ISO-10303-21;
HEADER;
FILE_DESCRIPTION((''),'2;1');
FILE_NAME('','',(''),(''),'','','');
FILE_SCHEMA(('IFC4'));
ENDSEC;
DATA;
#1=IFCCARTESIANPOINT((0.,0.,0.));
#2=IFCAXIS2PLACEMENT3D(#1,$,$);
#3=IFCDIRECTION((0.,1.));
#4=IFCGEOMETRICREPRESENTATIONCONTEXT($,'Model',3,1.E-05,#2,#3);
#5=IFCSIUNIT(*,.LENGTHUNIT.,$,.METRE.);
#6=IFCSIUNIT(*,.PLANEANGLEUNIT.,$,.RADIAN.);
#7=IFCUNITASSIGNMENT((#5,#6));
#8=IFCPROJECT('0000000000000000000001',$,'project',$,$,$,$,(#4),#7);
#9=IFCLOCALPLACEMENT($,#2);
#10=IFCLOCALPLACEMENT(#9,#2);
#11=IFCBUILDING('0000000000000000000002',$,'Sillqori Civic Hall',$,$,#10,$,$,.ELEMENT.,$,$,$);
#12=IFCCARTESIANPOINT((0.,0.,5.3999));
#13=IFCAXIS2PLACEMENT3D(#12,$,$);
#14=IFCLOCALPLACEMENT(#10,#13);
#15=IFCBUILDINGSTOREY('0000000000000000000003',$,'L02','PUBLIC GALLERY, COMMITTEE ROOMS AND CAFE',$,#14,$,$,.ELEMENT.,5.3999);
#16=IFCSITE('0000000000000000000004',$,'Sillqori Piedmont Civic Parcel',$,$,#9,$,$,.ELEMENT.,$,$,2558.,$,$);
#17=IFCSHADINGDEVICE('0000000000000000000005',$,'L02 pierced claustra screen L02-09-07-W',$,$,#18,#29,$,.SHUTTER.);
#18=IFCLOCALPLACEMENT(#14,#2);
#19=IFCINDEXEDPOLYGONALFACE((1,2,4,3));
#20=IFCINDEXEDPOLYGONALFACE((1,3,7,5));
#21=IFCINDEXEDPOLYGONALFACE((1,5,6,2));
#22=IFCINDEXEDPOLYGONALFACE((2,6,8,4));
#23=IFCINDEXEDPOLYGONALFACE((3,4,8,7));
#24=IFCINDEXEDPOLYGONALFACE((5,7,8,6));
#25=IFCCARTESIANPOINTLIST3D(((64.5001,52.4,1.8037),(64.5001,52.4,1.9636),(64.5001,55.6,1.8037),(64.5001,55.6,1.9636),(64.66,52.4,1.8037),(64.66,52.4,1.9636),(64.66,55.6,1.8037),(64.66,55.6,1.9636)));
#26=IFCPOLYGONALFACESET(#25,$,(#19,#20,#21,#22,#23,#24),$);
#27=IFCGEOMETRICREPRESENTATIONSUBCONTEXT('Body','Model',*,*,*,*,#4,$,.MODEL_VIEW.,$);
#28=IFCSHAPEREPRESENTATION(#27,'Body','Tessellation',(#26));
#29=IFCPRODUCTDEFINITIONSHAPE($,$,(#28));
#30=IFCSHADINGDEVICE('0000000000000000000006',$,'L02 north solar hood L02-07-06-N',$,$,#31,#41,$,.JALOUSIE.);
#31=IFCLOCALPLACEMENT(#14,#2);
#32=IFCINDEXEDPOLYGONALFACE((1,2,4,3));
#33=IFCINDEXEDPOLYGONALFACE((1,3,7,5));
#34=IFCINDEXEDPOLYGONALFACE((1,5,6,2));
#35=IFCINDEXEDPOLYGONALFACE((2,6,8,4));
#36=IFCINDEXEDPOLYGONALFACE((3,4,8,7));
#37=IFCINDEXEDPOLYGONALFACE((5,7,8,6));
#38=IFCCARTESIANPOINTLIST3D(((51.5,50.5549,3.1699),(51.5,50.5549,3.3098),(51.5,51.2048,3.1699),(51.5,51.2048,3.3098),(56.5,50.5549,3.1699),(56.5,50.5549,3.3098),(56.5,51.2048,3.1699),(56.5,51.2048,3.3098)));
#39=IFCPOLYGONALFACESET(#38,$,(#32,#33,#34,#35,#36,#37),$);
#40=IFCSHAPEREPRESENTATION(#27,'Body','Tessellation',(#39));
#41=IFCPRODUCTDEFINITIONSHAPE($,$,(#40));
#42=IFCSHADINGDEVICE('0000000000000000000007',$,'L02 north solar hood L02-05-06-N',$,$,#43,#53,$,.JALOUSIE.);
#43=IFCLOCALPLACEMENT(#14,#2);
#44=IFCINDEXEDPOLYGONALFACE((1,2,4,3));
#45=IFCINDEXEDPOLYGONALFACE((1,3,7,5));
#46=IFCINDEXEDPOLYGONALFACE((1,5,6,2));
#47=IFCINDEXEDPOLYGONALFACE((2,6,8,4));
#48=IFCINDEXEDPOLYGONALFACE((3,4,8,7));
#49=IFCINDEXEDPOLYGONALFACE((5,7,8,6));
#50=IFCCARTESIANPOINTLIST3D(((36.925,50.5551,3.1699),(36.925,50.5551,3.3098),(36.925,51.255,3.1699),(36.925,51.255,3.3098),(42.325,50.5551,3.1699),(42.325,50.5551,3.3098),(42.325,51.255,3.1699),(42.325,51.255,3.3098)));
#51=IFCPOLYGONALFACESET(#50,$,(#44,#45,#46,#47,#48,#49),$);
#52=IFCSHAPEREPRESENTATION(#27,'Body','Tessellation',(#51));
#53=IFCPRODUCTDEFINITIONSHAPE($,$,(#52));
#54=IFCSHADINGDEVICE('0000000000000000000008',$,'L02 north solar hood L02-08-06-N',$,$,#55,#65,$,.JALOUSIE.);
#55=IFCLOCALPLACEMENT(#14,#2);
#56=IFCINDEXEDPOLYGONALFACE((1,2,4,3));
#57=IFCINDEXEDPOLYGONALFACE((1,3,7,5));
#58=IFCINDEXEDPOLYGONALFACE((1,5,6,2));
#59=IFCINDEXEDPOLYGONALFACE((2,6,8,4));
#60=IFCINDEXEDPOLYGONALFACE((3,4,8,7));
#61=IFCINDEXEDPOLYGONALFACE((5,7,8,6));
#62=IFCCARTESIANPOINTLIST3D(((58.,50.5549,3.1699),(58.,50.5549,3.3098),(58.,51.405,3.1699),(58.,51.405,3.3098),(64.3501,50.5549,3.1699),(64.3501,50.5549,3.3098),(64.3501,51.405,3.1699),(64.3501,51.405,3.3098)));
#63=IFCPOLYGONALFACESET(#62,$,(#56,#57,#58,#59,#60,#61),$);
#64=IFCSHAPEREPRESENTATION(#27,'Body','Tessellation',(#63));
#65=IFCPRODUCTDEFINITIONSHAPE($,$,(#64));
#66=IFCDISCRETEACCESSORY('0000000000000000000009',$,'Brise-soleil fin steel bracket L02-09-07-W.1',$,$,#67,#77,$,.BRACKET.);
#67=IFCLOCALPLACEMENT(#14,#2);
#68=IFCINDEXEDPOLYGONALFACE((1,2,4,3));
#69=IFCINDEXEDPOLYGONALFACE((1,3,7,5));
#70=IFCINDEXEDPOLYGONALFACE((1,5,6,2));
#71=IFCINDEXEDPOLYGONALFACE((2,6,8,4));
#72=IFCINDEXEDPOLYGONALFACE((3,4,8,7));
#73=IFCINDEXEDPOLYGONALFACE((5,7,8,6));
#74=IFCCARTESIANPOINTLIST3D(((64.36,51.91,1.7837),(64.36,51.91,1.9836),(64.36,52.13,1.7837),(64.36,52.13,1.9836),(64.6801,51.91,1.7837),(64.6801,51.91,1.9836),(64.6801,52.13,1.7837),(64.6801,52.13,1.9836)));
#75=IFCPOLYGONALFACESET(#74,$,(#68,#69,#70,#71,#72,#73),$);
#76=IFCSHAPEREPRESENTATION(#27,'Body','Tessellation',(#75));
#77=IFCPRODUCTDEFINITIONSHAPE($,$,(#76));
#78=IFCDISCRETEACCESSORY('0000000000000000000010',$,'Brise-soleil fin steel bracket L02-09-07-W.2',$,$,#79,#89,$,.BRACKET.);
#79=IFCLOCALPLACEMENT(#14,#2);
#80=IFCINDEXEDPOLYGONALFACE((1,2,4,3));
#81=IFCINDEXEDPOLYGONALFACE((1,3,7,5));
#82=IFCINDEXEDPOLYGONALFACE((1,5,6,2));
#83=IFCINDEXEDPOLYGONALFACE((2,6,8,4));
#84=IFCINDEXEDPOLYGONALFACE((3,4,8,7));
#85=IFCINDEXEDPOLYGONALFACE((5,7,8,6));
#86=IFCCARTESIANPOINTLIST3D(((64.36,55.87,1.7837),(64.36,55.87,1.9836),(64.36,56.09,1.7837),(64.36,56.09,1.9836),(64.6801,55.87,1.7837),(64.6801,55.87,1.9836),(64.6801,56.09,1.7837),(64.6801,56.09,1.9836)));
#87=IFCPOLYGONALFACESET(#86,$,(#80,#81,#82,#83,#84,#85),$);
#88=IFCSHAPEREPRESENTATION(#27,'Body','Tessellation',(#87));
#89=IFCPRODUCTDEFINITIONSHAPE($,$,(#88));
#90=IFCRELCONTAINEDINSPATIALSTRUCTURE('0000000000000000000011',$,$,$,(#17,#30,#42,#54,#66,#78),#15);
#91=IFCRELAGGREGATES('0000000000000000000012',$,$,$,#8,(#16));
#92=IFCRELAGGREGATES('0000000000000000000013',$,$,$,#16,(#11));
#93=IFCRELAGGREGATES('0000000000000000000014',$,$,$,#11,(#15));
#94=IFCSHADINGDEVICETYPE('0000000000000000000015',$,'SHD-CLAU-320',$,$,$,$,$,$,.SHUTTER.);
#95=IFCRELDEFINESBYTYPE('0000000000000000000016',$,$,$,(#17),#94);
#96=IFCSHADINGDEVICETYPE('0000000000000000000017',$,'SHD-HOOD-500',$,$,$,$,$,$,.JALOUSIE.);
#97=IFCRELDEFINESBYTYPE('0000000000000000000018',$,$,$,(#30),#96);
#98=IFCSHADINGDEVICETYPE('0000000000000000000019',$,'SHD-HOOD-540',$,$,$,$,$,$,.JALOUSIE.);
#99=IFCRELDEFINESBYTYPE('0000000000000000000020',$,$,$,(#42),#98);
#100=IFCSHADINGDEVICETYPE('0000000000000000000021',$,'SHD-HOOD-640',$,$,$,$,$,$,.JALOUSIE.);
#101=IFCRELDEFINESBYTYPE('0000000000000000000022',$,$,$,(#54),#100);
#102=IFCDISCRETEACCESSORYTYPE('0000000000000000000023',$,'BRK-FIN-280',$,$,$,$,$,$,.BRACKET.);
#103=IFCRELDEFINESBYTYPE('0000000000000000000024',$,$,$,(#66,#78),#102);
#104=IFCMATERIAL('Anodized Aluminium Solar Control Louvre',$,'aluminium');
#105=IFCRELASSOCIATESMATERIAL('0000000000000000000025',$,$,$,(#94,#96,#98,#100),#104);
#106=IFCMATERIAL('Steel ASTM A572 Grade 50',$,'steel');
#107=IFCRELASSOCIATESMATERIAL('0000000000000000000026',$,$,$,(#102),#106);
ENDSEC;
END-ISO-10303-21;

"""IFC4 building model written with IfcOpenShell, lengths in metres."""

from ifc_helpers import new_model, si_unit, direction, frame, origin, origin_2d, place, context, subcontext, project, spatial, rectangle, extrude, material, type_object, element, save


model = new_model("IFC4")

# Units and contexts
model_context = context("Model", 3, precision=1e-05, world=origin(), true_north=direction((0.0, 1.0)))
body_context = subcontext(model_context, "Body", "Model", "MODEL_VIEW")
ifc_project = project(units=[si_unit("LENGTHUNIT", "METRE"), si_unit("PLANEANGLEUNIT", "RADIAN")], contexts=[model_context])

# Site, building, storey
site_placement = place(None, origin())
site = spatial("IfcSite", under=ifc_project, at=site_placement, Name="Sillqori Piedmont Civic Parcel", CompositionType="ELEMENT", RefElevation=2558.0)
building_placement = place(site_placement, origin())
building = spatial("IfcBuilding", under=site, at=building_placement, Name="Sillqori Civic Hall", CompositionType="ELEMENT")
storey_placement = place(building_placement, frame((0.0, 0.0, 5.3999)))
storey = spatial("IfcBuildingStorey", under=building, at=storey_placement, Name="L02", Description="PUBLIC GALLERY, COMMITTEE ROOMS AND CAFE", CompositionType="ELEMENT", Elevation=5.3999)

# Shading devices
ifc_material_1 = material(Name="Anodized Aluminium Solar Control Louvre", Category="aluminium")
shading_device_type_1 = type_object("IfcShadingDeviceType", Name="SHD-CLAU-320", PredefinedType="SHUTTER", material=ifc_material_1)
shading_device_1_placement = place(storey_placement, frame((64.5801, 54.0, 1.8037), z_axis=(0.0, 0.0, 1.0), x_axis=(0.0, 1.0, 0.0)))
element("IfcShadingDevice", 1, at=shading_device_1_placement, inside=storey, type_object=shading_device_type_1, Name="L02 pierced claustra screen L02-09-07-W", PredefinedType="SHUTTER", context=body_context, shape_type="SweptSolid", body=[
    extrude(rectangle(XDim=3.2, YDim=0.1599, at=origin_2d()), origin(), (0.0, 0.0, 1.0), 0.1599),
])
shading_device_type_2 = type_object("IfcShadingDeviceType", Name="SHD-HOOD-500", PredefinedType="JALOUSIE", material=ifc_material_1)
shading_device_2_placement = place(storey_placement, frame((54.0, 50.8799, 3.1699), z_axis=(0.0, 0.0, 1.0), x_axis=(1.0, 0.0, 0.0)))
element("IfcShadingDevice", 2, at=shading_device_2_placement, inside=storey, type_object=shading_device_type_2, Name="L02 north solar hood L02-07-06-N", PredefinedType="JALOUSIE", context=body_context, shape_type="SweptSolid", body=[
    extrude(rectangle(XDim=5.0, YDim=0.6499, at=origin_2d()), origin(), (0.0, 0.0, 1.0), 0.1399),
])
shading_device_type_3 = type_object("IfcShadingDeviceType", Name="SHD-HOOD-540", PredefinedType="JALOUSIE", material=ifc_material_1)
shading_device_3_placement = place(storey_placement, frame((39.625, 50.905, 3.1699), z_axis=(0.0, 0.0, 1.0), x_axis=(1.0, 0.0, 0.0)))
element("IfcShadingDevice", 3, at=shading_device_3_placement, inside=storey, type_object=shading_device_type_3, Name="L02 north solar hood L02-05-06-N", PredefinedType="JALOUSIE", context=body_context, shape_type="SweptSolid", body=[
    extrude(rectangle(XDim=5.3999, YDim=0.7, at=origin_2d()), origin(), (0.0, 0.0, 1.0), 0.1399),
])
shading_device_type_4 = type_object("IfcShadingDeviceType", Name="SHD-HOOD-640", PredefinedType="JALOUSIE", material=ifc_material_1)
shading_device_4_placement = place(storey_placement, frame((61.175, 50.98, 3.1699), z_axis=(0.0, 0.0, 1.0), x_axis=(1.0, 0.0, 0.0)))
element("IfcShadingDevice", 4, at=shading_device_4_placement, inside=storey, type_object=shading_device_type_4, Name="L02 north solar hood L02-08-06-N", PredefinedType="JALOUSIE", context=body_context, shape_type="SweptSolid", body=[
    extrude(rectangle(XDim=6.3501, YDim=0.8501, at=origin_2d()), origin(), (0.0, 0.0, 1.0), 0.1399),
])

# Discrete accessories
ifc_material_2 = material(Name="Steel ASTM A572 Grade 50", Category="steel")
discrete_accessory_type = type_object("IfcDiscreteAccessoryType", Name="BRK-FIN-280", PredefinedType="BRACKET", material=ifc_material_2)
for number, where, z_axis, x_axis, name in (
    (5, (64.52, 52.02, 1.7837), (0.0, 0.0, 1.0), (0.0, 1.0, 0.0), "Brise-soleil fin steel bracket L02-09-07-W.1"),
    (6, (64.52, 55.98, 1.7837), (0.0, 0.0, 1.0), (0.0, 1.0, 0.0), "Brise-soleil fin steel bracket L02-09-07-W.2"),
):
    element("IfcDiscreteAccessory", number, at=place(storey_placement, frame(where, z_axis=z_axis, x_axis=x_axis)), inside=storey, type_object=discrete_accessory_type, Name=name, PredefinedType="BRACKET", context=body_context, shape_type="SweptSolid", body=[
        extrude(rectangle(XDim=0.22, YDim=0.3201, at=origin_2d()), origin(), (0.0, 0.0, 1.0), 0.2),
    ])

save(model, "model.ifc")
